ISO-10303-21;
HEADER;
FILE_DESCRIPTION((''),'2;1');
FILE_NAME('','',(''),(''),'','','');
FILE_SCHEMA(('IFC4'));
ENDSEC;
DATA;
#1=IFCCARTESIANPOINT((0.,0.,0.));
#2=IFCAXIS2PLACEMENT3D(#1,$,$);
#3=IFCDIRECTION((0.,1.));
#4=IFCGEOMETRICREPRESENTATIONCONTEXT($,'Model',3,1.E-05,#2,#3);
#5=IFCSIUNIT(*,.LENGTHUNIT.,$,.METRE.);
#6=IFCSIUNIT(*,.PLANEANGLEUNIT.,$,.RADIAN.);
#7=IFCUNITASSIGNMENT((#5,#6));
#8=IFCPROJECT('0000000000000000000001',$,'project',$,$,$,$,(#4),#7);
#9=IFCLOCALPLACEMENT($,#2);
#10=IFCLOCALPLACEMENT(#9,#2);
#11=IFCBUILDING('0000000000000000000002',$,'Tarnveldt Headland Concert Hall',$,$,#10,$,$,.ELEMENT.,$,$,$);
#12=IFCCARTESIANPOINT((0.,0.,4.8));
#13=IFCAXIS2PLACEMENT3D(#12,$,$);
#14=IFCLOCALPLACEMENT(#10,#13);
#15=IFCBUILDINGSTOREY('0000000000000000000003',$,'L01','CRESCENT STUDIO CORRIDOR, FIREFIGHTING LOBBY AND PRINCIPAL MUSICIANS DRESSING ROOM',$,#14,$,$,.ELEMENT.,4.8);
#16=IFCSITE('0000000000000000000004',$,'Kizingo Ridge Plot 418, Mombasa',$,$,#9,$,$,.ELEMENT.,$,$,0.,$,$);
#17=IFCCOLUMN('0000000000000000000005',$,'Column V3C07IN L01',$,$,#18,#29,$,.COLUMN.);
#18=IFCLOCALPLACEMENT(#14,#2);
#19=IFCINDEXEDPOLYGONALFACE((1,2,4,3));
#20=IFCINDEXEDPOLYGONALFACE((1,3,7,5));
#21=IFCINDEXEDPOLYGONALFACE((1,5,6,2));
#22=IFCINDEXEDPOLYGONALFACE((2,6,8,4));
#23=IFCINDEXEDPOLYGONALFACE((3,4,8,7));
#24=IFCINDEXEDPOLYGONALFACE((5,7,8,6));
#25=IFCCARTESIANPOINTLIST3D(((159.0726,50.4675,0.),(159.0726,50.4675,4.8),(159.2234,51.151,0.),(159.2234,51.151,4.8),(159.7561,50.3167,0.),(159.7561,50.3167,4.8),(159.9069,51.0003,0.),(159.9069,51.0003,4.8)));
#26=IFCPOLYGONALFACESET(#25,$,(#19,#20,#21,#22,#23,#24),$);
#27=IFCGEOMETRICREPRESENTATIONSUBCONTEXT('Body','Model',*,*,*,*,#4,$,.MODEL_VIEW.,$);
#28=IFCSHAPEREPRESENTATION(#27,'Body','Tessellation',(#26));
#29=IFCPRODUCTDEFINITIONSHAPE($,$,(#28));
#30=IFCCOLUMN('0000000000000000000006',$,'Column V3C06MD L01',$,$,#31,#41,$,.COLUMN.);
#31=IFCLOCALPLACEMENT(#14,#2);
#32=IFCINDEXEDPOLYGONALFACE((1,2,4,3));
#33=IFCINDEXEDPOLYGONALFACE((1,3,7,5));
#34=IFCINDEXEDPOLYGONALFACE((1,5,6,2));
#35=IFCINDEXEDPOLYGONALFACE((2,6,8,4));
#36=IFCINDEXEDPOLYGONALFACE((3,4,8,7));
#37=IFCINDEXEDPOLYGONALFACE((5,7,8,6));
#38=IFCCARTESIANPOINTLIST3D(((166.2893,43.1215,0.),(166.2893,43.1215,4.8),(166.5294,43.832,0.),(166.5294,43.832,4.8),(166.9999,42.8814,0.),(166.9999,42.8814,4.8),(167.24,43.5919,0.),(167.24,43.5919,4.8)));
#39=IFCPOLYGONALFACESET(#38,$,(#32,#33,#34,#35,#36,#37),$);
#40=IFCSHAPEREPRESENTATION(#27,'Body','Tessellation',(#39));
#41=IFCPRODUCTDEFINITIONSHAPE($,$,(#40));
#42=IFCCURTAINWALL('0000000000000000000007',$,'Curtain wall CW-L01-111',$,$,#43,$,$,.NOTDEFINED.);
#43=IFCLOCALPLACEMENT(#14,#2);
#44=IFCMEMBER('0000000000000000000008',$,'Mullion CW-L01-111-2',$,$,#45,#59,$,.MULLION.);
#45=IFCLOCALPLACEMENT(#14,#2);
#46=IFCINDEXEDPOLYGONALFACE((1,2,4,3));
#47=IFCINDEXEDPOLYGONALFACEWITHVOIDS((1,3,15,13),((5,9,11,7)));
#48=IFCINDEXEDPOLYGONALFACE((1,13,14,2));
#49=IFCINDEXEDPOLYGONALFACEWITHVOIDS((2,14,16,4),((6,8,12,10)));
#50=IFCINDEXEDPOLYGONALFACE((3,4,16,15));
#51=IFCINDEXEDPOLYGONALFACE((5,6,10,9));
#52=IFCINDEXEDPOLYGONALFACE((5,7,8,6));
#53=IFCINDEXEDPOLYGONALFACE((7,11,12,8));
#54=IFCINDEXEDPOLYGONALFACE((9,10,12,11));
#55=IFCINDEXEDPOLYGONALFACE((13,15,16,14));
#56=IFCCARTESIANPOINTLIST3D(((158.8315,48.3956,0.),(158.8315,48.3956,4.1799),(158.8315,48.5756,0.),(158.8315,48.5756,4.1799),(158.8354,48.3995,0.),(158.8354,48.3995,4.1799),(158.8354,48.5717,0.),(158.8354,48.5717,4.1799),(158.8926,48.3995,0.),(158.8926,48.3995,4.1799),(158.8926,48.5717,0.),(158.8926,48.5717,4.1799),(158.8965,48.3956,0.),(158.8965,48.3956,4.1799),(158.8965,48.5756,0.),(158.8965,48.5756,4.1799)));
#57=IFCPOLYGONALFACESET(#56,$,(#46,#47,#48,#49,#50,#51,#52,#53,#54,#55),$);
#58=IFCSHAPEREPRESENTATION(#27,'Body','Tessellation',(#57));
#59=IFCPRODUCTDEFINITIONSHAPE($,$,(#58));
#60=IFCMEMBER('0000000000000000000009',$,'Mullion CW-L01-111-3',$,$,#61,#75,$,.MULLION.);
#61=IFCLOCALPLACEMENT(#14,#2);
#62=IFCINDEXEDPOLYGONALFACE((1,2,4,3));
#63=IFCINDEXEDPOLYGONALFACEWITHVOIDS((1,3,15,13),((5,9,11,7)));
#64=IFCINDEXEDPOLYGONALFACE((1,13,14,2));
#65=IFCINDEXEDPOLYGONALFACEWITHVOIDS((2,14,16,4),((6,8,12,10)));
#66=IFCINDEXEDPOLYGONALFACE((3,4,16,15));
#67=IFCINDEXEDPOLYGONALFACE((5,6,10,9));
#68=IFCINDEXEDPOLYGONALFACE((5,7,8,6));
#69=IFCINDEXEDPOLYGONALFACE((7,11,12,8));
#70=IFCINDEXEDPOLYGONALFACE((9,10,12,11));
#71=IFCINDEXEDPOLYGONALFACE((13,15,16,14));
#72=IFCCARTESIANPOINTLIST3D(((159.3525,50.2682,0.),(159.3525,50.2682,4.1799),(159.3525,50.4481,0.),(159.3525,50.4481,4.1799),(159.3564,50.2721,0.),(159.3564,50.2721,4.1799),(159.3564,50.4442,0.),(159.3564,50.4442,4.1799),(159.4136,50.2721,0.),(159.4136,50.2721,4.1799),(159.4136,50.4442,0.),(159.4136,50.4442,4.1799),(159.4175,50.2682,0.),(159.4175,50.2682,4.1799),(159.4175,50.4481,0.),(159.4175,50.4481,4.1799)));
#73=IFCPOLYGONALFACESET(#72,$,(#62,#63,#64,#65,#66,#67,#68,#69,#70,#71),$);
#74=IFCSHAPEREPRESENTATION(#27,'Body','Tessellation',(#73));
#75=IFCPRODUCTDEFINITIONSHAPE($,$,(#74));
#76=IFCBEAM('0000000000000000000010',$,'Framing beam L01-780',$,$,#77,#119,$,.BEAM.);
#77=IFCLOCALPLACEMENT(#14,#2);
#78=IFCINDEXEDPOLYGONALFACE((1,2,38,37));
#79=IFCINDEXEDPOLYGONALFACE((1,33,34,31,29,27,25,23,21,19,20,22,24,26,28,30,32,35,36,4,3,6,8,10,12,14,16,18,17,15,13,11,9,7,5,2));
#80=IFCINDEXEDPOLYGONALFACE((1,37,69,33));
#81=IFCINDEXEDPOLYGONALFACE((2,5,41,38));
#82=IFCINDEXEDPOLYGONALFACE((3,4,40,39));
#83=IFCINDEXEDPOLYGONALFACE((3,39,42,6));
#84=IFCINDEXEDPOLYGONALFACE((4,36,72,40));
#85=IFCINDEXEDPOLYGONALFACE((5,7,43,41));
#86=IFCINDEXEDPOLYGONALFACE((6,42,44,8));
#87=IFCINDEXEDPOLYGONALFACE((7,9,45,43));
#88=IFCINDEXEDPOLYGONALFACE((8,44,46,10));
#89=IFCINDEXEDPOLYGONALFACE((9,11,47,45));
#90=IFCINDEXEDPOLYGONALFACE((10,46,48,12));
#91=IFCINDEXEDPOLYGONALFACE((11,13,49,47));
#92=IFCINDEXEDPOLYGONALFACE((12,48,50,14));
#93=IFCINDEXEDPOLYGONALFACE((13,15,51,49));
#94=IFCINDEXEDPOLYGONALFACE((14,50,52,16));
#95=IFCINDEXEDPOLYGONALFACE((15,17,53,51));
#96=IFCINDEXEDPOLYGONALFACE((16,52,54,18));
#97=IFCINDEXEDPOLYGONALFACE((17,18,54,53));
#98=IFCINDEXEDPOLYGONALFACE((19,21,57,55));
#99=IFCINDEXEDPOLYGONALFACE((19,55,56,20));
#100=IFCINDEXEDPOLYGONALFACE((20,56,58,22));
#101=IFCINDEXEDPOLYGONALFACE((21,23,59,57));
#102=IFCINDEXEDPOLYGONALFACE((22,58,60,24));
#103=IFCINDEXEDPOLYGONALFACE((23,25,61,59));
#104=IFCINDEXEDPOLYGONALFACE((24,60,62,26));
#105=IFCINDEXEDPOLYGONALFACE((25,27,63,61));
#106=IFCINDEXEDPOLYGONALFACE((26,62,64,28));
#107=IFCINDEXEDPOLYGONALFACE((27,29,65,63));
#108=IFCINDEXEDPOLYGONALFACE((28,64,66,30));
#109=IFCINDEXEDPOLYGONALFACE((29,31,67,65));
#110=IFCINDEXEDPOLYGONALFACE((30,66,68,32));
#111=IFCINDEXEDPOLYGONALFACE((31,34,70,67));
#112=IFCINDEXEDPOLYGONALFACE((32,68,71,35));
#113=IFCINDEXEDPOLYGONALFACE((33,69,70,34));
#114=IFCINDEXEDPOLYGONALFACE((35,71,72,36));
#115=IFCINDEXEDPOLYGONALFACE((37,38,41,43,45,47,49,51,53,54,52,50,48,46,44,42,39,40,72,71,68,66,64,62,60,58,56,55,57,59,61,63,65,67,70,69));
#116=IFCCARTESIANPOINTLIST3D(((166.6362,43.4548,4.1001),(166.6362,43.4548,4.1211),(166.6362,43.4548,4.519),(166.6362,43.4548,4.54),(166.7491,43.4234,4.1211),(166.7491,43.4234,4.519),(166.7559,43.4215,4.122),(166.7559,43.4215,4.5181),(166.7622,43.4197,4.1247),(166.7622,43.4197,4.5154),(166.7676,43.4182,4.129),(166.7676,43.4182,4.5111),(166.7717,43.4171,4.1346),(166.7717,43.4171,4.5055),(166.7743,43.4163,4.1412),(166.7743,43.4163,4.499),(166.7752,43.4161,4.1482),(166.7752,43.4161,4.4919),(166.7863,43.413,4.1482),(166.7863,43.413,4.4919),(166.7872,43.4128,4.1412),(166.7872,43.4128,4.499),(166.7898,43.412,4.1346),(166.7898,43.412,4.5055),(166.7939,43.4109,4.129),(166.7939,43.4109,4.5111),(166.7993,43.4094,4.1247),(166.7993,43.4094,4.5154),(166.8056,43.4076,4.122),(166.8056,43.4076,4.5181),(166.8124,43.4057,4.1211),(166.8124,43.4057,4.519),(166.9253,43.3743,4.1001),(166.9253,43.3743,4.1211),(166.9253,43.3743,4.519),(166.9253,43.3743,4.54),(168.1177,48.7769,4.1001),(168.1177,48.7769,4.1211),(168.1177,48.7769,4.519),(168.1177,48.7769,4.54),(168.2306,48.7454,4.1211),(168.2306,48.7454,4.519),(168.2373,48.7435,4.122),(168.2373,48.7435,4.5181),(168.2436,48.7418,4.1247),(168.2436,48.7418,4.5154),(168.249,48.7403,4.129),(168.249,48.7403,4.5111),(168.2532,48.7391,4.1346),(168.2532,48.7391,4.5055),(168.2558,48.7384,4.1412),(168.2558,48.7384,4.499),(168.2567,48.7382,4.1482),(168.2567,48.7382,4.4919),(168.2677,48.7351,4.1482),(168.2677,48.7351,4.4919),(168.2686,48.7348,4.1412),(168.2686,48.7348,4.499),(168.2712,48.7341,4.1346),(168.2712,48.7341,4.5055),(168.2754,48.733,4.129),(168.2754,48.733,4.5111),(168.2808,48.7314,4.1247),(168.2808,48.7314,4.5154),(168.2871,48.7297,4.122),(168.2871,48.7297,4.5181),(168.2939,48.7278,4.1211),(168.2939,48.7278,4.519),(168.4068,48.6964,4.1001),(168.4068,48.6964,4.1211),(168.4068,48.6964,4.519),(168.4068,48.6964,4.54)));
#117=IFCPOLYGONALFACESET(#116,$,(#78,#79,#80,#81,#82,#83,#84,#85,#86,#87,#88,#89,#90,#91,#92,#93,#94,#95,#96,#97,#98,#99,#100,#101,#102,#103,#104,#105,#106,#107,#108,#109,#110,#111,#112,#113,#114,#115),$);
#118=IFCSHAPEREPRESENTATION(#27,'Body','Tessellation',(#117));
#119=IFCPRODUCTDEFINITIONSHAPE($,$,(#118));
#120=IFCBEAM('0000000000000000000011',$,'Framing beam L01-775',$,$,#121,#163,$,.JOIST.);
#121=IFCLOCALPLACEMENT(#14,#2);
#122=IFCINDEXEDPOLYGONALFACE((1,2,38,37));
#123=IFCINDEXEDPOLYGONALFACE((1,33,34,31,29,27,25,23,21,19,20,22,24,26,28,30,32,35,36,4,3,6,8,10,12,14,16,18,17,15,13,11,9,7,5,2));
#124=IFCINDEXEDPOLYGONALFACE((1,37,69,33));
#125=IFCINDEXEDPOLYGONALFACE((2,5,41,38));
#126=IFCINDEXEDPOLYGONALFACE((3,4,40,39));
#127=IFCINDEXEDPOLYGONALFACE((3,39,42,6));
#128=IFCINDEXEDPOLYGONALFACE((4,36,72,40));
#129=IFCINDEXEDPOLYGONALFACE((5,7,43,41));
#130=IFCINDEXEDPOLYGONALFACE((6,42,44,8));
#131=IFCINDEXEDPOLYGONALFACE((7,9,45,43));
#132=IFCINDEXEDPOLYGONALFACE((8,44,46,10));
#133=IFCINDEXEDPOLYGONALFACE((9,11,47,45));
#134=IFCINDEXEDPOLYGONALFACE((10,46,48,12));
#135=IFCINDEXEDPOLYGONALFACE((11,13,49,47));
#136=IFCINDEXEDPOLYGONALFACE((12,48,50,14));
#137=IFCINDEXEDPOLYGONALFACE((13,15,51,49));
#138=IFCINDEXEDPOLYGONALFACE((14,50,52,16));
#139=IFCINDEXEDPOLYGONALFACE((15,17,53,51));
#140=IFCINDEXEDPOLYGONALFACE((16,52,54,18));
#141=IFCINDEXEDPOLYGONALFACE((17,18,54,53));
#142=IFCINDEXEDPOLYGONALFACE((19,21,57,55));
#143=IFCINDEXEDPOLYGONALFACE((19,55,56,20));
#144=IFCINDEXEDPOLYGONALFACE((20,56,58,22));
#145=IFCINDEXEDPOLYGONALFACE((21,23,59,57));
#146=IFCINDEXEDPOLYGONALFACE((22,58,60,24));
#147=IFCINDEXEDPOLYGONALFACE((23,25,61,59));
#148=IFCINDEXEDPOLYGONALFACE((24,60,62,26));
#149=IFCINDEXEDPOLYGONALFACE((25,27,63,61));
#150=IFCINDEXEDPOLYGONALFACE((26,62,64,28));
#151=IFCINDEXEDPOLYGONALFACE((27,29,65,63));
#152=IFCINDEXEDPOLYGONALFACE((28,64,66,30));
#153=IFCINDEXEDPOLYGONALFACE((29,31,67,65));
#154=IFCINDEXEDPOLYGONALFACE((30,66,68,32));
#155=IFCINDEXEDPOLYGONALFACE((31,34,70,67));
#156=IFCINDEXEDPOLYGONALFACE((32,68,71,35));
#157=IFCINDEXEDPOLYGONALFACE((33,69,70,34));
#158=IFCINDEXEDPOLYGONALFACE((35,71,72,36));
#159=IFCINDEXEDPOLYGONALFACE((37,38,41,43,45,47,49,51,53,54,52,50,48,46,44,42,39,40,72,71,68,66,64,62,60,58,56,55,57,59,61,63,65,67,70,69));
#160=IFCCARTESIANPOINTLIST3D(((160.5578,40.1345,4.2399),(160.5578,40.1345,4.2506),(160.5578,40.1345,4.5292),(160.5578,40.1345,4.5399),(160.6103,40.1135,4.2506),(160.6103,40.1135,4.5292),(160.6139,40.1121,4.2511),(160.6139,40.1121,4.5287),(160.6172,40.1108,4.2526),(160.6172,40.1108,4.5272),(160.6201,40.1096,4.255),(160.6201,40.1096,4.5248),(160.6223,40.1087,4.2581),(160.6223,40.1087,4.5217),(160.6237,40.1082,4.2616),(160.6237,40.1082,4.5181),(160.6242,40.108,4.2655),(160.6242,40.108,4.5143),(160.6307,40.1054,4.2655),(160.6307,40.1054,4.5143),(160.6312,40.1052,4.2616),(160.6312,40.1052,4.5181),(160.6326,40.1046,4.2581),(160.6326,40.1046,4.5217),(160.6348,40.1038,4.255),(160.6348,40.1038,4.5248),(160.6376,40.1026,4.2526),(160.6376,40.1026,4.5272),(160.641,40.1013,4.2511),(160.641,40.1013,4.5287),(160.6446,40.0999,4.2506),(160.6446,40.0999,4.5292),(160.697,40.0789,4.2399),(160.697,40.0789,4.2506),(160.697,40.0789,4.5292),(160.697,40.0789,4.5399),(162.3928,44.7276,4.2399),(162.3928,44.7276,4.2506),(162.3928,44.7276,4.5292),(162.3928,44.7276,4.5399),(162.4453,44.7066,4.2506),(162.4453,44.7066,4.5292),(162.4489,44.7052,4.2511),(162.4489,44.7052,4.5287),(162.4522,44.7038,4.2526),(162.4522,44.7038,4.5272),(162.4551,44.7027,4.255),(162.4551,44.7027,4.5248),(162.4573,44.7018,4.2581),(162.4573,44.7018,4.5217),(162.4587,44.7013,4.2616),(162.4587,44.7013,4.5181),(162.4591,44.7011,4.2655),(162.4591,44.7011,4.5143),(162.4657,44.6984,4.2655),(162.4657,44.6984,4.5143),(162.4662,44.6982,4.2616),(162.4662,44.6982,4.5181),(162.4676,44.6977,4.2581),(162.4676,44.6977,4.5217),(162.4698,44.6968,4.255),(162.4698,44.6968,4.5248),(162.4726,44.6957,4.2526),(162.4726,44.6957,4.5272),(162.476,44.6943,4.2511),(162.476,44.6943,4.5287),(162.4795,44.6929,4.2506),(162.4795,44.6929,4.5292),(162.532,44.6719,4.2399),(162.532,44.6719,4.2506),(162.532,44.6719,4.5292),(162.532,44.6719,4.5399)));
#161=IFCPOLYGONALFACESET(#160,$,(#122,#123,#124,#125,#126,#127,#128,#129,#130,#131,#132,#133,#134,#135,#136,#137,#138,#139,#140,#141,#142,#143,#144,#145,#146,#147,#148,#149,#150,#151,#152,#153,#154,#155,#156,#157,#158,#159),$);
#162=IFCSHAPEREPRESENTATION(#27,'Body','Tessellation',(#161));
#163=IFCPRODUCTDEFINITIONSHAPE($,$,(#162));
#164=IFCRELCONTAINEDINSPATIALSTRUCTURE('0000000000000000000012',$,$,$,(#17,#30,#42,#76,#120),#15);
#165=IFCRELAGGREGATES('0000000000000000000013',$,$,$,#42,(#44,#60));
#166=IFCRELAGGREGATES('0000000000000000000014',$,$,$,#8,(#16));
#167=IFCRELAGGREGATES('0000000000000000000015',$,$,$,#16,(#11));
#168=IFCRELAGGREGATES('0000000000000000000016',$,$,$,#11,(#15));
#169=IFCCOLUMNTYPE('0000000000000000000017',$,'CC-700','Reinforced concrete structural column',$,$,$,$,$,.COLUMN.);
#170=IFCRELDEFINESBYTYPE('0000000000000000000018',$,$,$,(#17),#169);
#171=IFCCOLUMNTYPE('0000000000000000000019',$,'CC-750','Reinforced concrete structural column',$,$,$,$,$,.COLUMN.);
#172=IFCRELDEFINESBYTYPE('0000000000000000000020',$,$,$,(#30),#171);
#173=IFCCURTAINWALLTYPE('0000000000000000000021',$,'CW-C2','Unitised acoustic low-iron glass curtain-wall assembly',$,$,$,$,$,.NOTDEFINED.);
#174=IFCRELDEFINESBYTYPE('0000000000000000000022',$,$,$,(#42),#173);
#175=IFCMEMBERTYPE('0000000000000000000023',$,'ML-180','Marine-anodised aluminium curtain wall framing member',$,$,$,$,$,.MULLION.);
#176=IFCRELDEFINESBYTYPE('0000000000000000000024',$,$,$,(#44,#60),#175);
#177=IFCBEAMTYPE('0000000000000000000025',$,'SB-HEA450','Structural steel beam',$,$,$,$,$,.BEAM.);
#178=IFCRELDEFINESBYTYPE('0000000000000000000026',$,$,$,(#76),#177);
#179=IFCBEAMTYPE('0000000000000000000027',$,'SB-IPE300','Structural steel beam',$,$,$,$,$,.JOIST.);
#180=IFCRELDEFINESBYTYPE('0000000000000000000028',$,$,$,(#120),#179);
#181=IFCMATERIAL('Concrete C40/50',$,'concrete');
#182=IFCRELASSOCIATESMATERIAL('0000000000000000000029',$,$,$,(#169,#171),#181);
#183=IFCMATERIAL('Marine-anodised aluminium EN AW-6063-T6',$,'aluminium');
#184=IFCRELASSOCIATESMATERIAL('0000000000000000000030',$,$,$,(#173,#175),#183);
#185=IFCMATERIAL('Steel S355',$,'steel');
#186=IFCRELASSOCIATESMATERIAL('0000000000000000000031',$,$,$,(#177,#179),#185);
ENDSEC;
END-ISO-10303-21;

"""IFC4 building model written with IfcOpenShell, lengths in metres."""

from ifc_helpers import new_model, si_unit, direction, frame, origin, origin_2d, place, context, subcontext, project, spatial, rectangle, hollow_rectangle, i_section, extrude, material, material_profile, profile_set, type_object, element, aggregate, save


model = new_model("IFC4")

# Units and contexts
model_context = context("Model", 3, precision=1e-05, world=origin(), true_north=direction((0.0, 1.0)))
body_context = subcontext(model_context, "Body", "Model", "MODEL_VIEW")
ifc_project = project(units=[si_unit("LENGTHUNIT", "METRE"), si_unit("PLANEANGLEUNIT", "RADIAN")], contexts=[model_context])

# Site, building, storey
site_placement = place(None, origin())
site = spatial("IfcSite", under=ifc_project, at=site_placement, Name="Kizingo Ridge Plot 418, Mombasa", CompositionType="ELEMENT", RefElevation=0.0)
building_placement = place(site_placement, origin())
building = spatial("IfcBuilding", under=site, at=building_placement, Name="Tarnveldt Headland Concert Hall", CompositionType="ELEMENT")
storey_placement = place(building_placement, frame((0.0, 0.0, 4.8)))
storey = spatial("IfcBuildingStorey", under=building, at=storey_placement, Name="L01", Description="CRESCENT STUDIO CORRIDOR, FIREFIGHTING LOBBY AND PRINCIPAL MUSICIANS DRESSING ROOM", CompositionType="ELEMENT", Elevation=4.8)

# Columns
ifc_material_1 = material(Name="Concrete C40/50", Category="concrete")
ifc_material_profile_1 = material_profile(ifc_material_1, rectangle(XDim=0.7, YDim=0.7, at=origin_2d()), Name="RC 700x700", Category="concrete")
ifc_profile_set_1 = profile_set([ifc_material_profile_1], Name="Concrete C40/50")
column_type_1 = type_object("IfcColumnType", Name="CC-700", Description="Reinforced concrete structural column", PredefinedType="COLUMN", material=ifc_profile_set_1)
column_1_placement = place(storey_placement, frame((159.4897, 50.7339, 0.0), z_axis=(0.0, 0.0, 1.0), x_axis=(0.976522, -0.215417, 0.0)))
element("IfcColumn", 1, at=column_1_placement, inside=storey, type_object=column_type_1, Name="Column V3C07IN L01", PredefinedType="COLUMN", context=body_context, shape_type="SweptSolid", body=[
    extrude(rectangle(XDim=0.7, YDim=0.7, at=origin_2d()), origin(), (0.0, 0.0, 1.0), 4.8),
])
ifc_material_profile_2 = material_profile(ifc_material_1, rectangle(XDim=0.75, YDim=0.75, at=origin_2d()), Name="RC 750x750", Category="concrete")
ifc_profile_set_2 = profile_set([ifc_material_profile_2], Name="Concrete C40/50")
column_type_2 = type_object("IfcColumnType", Name="CC-750", Description="Reinforced concrete structural column", PredefinedType="COLUMN", material=ifc_profile_set_2)
column_2_placement = place(storey_placement, frame((166.7646, 43.3567, 0.0), z_axis=(0.0, 0.0, 1.0), x_axis=(0.947378, -0.320117, 0.0)))
element("IfcColumn", 2, at=column_2_placement, inside=storey, type_object=column_type_2, Name="Column V3C06MD L01", PredefinedType="COLUMN", context=body_context, shape_type="SweptSolid", body=[
    extrude(rectangle(XDim=0.75, YDim=0.75, at=origin_2d()), origin(), (0.0, 0.0, 1.0), 4.8),
])

# Curtain wall, members
ifc_material_2 = material(Name="Marine-anodised aluminium EN AW-6063-T6", Category="aluminium")
curtain_wall_type = type_object("IfcCurtainWallType", Name="CW-C2", Description="Unitised acoustic low-iron glass curtain-wall assembly", PredefinedType="NOTDEFINED", material=ifc_material_2)
curtain_wall_placement = place(storey_placement, origin())
curtain_wall = element("IfcCurtainWall", 3, at=curtain_wall_placement, inside=storey, type_object=curtain_wall_type, Name="Curtain wall CW-L01-111", PredefinedType="NOTDEFINED")
ifc_material_profile_3 = material_profile(ifc_material_2, hollow_rectangle(XDim=0.0649, YDim=0.1799, WallThickness=0.0039, at=origin_2d()), Name="ALU MULLION 65x180x4", Category="aluminium")
ifc_profile_set_3 = profile_set([ifc_material_profile_3], Name="Marine-anodised aluminium EN AW-6063-T6")
member_type_1 = type_object("IfcMemberType", Name="ML-180", Description="Marine-anodised aluminium curtain wall framing member", PredefinedType="MULLION", material=ifc_profile_set_3)
member_1_placement = place(storey_placement, frame((158.864, 48.4856, 0.0), z_axis=(0.0, 0.0, 1.0), x_axis=(1.0, 0.0, 0.0)))
member_1 = element("IfcMember", 4, at=member_1_placement, type_object=member_type_1, Name="Mullion CW-L01-111-2", PredefinedType="MULLION", context=body_context, shape_type="SweptSolid", body=[
    extrude(hollow_rectangle(XDim=0.0649, YDim=0.1799, WallThickness=0.0039, at=origin_2d()), origin(), (0.0, 0.0, 1.0), 4.1799),
])
member_2_placement = place(storey_placement, frame((159.385, 50.3582, 0.0), z_axis=(0.0, 0.0, 1.0), x_axis=(1.0, 0.0, 0.0)))
member_2 = element("IfcMember", 5, at=member_2_placement, type_object=member_type_1, Name="Mullion CW-L01-111-3", PredefinedType="MULLION", context=body_context, shape_type="SweptSolid", body=[
    extrude(hollow_rectangle(XDim=0.0649, YDim=0.1799, WallThickness=0.0039, at=origin_2d()), origin(), (0.0, 0.0, 1.0), 4.1799),
])

# Beams
ifc_material_3 = material(Name="Steel S355", Category="steel")
ifc_material_profile_4 = material_profile(ifc_material_3, i_section(OverallWidth=0.3, OverallDepth=0.4399, WebThickness=0.0115, FlangeThickness=0.021, FilletRadius=0.0271, at=origin_2d()), Name="HEA450", Category="steel")
ifc_profile_set_4 = profile_set([ifc_material_profile_4], Name="Steel S355")
beam_type_1 = type_object("IfcBeamType", Name="SB-HEA450", Description="Structural steel beam", PredefinedType="BEAM", material=ifc_profile_set_4)
beam_1_placement = place(storey_placement, frame((166.7808, 43.4146, 4.3201), z_axis=(0.268166, 0.963373, 0.0), x_axis=(-0.963373, 0.268166, 0.0)))
element("IfcBeam", 6, at=beam_1_placement, inside=storey, type_object=beam_type_1, Name="Framing beam L01-780", PredefinedType="BEAM", context=body_context, shape_type="SweptSolid", body=[
    extrude(i_section(OverallWidth=0.3, OverallDepth=0.4399, WebThickness=0.0115, FlangeThickness=0.021, FilletRadius=0.0271, at=origin_2d()), origin(), (0.0, 0.0, 1.0), 5.5244),
])
ifc_material_profile_5 = material_profile(ifc_material_3, i_section(OverallWidth=0.1499, OverallDepth=0.3, WebThickness=0.0071, FlangeThickness=0.0107, FilletRadius=0.0149, at=origin_2d()), Name="IPE300", Category="steel")
ifc_profile_set_5 = profile_set([ifc_material_profile_5], Name="Steel S355")
beam_type_2 = type_object("IfcBeamType", Name="SB-IPE300", Description="Structural steel beam", PredefinedType="JOIST", material=ifc_profile_set_5)
beam_2_placement = place(storey_placement, frame((160.6274, 40.1067, 4.3899), z_axis=(0.370999, 0.928633, 0.0), x_axis=(-0.928633, 0.370999, 0.0)))
element("IfcBeam", 7, at=beam_2_placement, inside=storey, type_object=beam_type_2, Name="Framing beam L01-775", PredefinedType="JOIST", context=body_context, shape_type="SweptSolid", body=[
    extrude(i_section(OverallWidth=0.1499, OverallDepth=0.3, WebThickness=0.0071, FlangeThickness=0.0107, FilletRadius=0.0149, at=origin_2d()), origin(), (0.0, 0.0, 1.0), 4.946),
])

aggregate(curtain_wall, [member_1, member_2])

save(model, "model.ifc")
